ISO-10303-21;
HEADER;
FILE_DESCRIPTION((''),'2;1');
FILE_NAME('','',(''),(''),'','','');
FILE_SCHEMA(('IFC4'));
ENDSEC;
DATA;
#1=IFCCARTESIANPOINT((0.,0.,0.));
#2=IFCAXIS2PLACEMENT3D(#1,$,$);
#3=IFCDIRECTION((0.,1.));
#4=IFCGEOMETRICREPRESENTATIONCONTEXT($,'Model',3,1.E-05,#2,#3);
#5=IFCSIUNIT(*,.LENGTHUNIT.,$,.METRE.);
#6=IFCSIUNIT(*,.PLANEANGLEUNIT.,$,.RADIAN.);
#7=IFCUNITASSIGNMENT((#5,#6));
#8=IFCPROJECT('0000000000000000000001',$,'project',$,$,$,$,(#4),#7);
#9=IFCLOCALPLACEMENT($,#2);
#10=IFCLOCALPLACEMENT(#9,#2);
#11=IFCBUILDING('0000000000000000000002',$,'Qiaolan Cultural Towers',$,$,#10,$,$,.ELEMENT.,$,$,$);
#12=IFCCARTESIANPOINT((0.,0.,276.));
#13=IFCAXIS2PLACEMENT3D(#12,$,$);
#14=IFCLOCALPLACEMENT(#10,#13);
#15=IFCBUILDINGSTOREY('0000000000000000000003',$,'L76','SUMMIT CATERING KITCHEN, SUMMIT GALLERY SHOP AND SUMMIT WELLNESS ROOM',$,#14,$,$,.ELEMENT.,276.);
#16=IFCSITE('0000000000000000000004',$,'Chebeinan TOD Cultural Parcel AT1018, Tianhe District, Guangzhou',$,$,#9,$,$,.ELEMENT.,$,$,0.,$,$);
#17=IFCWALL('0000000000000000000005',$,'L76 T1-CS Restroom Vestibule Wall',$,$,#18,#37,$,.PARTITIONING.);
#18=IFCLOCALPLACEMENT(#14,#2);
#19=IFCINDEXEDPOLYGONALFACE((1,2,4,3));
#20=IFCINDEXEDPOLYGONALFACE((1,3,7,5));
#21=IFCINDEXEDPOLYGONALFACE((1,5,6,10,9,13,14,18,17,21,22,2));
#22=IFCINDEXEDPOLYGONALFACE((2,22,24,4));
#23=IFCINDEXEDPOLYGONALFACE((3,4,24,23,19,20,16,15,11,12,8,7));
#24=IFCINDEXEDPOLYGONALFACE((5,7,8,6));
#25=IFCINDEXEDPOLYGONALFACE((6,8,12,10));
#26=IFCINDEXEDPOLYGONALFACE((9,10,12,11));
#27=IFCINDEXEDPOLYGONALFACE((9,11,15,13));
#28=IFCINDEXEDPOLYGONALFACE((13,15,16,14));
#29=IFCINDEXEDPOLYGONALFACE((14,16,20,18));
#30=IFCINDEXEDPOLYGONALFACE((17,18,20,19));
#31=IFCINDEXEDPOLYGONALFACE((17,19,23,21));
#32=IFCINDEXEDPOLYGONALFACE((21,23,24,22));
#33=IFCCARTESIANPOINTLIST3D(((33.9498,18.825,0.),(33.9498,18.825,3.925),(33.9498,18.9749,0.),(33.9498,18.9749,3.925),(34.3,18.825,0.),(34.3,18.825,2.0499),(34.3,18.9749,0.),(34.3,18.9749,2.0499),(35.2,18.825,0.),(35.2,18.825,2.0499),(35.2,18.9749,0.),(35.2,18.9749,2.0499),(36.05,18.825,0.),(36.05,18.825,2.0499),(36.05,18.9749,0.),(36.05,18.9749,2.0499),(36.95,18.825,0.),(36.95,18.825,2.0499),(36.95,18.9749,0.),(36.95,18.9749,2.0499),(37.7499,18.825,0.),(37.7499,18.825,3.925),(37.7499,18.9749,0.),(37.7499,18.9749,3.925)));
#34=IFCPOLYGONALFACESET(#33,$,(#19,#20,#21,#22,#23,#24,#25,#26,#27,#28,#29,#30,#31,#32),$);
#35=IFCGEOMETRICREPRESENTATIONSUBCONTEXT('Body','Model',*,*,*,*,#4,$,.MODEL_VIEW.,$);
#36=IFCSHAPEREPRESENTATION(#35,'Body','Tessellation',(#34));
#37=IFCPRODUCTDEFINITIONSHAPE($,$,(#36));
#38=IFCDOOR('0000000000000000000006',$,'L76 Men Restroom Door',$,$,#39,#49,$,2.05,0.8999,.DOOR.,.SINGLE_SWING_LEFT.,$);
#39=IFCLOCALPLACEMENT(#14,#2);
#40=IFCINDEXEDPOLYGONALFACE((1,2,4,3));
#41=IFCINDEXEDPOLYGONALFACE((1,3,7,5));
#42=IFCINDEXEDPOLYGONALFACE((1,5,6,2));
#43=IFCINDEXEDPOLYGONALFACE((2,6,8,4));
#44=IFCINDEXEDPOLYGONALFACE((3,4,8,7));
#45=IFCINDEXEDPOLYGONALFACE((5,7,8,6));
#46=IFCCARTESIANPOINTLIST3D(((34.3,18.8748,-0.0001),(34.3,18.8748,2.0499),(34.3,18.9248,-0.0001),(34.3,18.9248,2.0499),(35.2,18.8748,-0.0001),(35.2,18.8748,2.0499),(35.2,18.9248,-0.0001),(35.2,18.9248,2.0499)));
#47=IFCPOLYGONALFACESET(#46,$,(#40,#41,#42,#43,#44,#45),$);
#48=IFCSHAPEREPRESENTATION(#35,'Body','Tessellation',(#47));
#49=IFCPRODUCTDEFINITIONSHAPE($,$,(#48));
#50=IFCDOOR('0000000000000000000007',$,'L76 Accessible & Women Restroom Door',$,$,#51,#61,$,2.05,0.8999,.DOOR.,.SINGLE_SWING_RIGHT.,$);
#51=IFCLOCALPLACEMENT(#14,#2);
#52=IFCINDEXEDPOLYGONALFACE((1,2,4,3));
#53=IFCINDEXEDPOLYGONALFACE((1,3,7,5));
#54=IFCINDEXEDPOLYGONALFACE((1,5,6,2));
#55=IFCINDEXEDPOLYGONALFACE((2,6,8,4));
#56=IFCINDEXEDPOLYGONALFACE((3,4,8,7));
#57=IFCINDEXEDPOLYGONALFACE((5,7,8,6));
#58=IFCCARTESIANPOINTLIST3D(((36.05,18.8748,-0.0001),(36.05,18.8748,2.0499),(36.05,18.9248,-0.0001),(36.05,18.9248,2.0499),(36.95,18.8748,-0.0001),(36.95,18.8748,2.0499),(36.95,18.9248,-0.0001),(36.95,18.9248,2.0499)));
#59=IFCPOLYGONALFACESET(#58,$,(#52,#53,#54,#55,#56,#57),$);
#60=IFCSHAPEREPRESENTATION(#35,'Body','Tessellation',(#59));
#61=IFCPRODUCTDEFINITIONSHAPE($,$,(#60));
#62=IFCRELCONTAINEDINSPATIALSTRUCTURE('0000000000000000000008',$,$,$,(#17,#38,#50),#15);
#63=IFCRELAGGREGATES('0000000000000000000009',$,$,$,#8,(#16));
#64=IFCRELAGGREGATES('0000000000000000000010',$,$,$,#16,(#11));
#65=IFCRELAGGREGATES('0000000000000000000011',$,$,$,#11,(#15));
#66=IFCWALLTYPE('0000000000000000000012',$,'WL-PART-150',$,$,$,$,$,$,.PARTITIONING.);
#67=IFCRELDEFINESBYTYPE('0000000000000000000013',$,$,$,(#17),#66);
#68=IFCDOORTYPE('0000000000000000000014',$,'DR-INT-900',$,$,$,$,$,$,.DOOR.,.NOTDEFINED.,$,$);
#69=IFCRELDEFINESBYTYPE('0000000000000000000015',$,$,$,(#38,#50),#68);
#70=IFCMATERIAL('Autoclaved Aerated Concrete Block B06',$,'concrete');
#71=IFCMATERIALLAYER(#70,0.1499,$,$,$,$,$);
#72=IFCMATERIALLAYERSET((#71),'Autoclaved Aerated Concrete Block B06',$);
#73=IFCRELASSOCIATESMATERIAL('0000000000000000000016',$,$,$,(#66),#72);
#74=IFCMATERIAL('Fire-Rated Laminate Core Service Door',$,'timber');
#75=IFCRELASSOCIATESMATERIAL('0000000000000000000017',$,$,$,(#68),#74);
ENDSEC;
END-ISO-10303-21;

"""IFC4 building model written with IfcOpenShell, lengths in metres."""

from ifc_helpers import new_model, si_unit, direction, frame, frame_2d, origin, place, context, subcontext, project, spatial, rectangle, extrude, material, layer, layer_set, type_object, element, fill, save


model = new_model("IFC4")

# Units and contexts
model_context = context("Model", 3, precision=1e-05, world=origin(), true_north=direction((0.0, 1.0)))
body_context = subcontext(model_context, "Body", "Model", "MODEL_VIEW")
ifc_project = project(units=[si_unit("LENGTHUNIT", "METRE"), si_unit("PLANEANGLEUNIT", "RADIAN")], contexts=[model_context])

# Site, building, storey
site_placement = place(None, origin())
site = spatial("IfcSite", under=ifc_project, at=site_placement, Name="Chebeinan TOD Cultural Parcel AT1018, Tianhe District, Guangzhou", CompositionType="ELEMENT", RefElevation=0.0)
building_placement = place(site_placement, origin())
building = spatial("IfcBuilding", under=site, at=building_placement, Name="Qiaolan Cultural Towers", CompositionType="ELEMENT")
storey_placement = place(building_placement, frame((0.0, 0.0, 276.0)))
storey = spatial("IfcBuildingStorey", under=building, at=storey_placement, Name="L76", Description="SUMMIT CATERING KITCHEN, SUMMIT GALLERY SHOP AND SUMMIT WELLNESS ROOM", CompositionType="ELEMENT", Elevation=276.0)

# Wall, openings, doors
ifc_material_1 = material(Name="Autoclaved Aerated Concrete Block B06", Category="concrete")
ifc_layer_1 = layer(ifc_material_1, 0.1499)
ifc_layer_set_1 = layer_set([ifc_layer_1], Name="Autoclaved Aerated Concrete Block B06")
wall_type_1 = type_object("IfcWallType", Name="WL-PART-150", PredefinedType="PARTITIONING", material=ifc_layer_set_1)
wall_1_placement = place(storey_placement, frame((33.95, 18.8999, 0.0), z_axis=(0.0, 0.0, 1.0), x_axis=(1.0, 0.0, 0.0)))
wall_1 = element("IfcWall", 1, at=wall_1_placement, inside=storey, type_object=wall_type_1, Name="L76 T1-CS Restroom Vestibule Wall", PredefinedType="PARTITIONING", context=body_context, shape_type="SweptSolid", body=[
    extrude(rectangle(XDim=3.8, YDim=0.1499, at=frame_2d((1.8999, 0.0))), origin(), (0.0, 0.0, 1.0), 3.925),
])
opening_1_placement = place(wall_1_placement, frame((0.3501, 0.0, 0.0)))
opening_1 = element("IfcOpeningElement", 2, at=opening_1_placement, cuts=wall_1, PredefinedType="OPENING", context=body_context, shape_type="SweptSolid", body=[
    extrude(rectangle(XDim=0.8999, YDim=2.05, at=frame_2d((0.45, 1.0249))), frame((0.0, 0.085, 0.0), z_axis=(0.0, -1.0, 0.0), x_axis=(1.0, 0.0, 0.0)), (0.0, 0.0, 1.0), 0.1699),
])
opening_2_placement = place(wall_1_placement, frame((2.1001, 0.0, 0.0)))
opening_2 = element("IfcOpeningElement", 3, at=opening_2_placement, cuts=wall_1, PredefinedType="OPENING", context=body_context, shape_type="SweptSolid", body=[
    extrude(rectangle(XDim=0.8999, YDim=2.05, at=frame_2d((0.45, 1.0249))), frame((0.0, 0.085, 0.0), z_axis=(0.0, -1.0, 0.0), x_axis=(1.0, 0.0, 0.0)), (0.0, 0.0, 1.0), 0.1699),
])
ifc_material_2 = material(Name="Fire-Rated Laminate Core Service Door", Category="timber")
door_type_1 = type_object("IfcDoorType", Name="DR-INT-900", OperationType="NOTDEFINED", PredefinedType="DOOR", material=ifc_material_2)
door_1_placement = place(opening_1_placement, origin())
door_1 = element("IfcDoor", 4, at=door_1_placement, inside=storey, type_object=door_type_1, Name="L76 Men Restroom Door", OperationType="SINGLE_SWING_LEFT", OverallHeight=2.05, OverallWidth=0.8999, PredefinedType="DOOR", context=body_context, shape_type="SweptSolid", body=[
    extrude(rectangle(XDim=0.8999, YDim=2.05, at=frame_2d((0.45, 1.0249))), frame((0.0, 0.0249, 0.0), z_axis=(0.0, -1.0, 0.0), x_axis=(1.0, 0.0, 0.0)), (0.0, 0.0, 1.0), 0.05),
])
fill(opening_1, door_1)
door_2_placement = place(opening_2_placement, origin())
door_2 = element("IfcDoor", 5, at=door_2_placement, inside=storey, type_object=door_type_1, Name="L76 Accessible & Women Restroom Door", OperationType="SINGLE_SWING_RIGHT", OverallHeight=2.05, OverallWidth=0.8999, PredefinedType="DOOR", context=body_context, shape_type="SweptSolid", body=[
    extrude(rectangle(XDim=0.8999, YDim=2.05, at=frame_2d((0.45, 1.0249))), frame((0.0, 0.0249, 0.0), z_axis=(0.0, -1.0, 0.0), x_axis=(1.0, 0.0, 0.0)), (0.0, 0.0, 1.0), 0.05),
])
fill(opening_2, door_2)

save(model, "model.ifc")
